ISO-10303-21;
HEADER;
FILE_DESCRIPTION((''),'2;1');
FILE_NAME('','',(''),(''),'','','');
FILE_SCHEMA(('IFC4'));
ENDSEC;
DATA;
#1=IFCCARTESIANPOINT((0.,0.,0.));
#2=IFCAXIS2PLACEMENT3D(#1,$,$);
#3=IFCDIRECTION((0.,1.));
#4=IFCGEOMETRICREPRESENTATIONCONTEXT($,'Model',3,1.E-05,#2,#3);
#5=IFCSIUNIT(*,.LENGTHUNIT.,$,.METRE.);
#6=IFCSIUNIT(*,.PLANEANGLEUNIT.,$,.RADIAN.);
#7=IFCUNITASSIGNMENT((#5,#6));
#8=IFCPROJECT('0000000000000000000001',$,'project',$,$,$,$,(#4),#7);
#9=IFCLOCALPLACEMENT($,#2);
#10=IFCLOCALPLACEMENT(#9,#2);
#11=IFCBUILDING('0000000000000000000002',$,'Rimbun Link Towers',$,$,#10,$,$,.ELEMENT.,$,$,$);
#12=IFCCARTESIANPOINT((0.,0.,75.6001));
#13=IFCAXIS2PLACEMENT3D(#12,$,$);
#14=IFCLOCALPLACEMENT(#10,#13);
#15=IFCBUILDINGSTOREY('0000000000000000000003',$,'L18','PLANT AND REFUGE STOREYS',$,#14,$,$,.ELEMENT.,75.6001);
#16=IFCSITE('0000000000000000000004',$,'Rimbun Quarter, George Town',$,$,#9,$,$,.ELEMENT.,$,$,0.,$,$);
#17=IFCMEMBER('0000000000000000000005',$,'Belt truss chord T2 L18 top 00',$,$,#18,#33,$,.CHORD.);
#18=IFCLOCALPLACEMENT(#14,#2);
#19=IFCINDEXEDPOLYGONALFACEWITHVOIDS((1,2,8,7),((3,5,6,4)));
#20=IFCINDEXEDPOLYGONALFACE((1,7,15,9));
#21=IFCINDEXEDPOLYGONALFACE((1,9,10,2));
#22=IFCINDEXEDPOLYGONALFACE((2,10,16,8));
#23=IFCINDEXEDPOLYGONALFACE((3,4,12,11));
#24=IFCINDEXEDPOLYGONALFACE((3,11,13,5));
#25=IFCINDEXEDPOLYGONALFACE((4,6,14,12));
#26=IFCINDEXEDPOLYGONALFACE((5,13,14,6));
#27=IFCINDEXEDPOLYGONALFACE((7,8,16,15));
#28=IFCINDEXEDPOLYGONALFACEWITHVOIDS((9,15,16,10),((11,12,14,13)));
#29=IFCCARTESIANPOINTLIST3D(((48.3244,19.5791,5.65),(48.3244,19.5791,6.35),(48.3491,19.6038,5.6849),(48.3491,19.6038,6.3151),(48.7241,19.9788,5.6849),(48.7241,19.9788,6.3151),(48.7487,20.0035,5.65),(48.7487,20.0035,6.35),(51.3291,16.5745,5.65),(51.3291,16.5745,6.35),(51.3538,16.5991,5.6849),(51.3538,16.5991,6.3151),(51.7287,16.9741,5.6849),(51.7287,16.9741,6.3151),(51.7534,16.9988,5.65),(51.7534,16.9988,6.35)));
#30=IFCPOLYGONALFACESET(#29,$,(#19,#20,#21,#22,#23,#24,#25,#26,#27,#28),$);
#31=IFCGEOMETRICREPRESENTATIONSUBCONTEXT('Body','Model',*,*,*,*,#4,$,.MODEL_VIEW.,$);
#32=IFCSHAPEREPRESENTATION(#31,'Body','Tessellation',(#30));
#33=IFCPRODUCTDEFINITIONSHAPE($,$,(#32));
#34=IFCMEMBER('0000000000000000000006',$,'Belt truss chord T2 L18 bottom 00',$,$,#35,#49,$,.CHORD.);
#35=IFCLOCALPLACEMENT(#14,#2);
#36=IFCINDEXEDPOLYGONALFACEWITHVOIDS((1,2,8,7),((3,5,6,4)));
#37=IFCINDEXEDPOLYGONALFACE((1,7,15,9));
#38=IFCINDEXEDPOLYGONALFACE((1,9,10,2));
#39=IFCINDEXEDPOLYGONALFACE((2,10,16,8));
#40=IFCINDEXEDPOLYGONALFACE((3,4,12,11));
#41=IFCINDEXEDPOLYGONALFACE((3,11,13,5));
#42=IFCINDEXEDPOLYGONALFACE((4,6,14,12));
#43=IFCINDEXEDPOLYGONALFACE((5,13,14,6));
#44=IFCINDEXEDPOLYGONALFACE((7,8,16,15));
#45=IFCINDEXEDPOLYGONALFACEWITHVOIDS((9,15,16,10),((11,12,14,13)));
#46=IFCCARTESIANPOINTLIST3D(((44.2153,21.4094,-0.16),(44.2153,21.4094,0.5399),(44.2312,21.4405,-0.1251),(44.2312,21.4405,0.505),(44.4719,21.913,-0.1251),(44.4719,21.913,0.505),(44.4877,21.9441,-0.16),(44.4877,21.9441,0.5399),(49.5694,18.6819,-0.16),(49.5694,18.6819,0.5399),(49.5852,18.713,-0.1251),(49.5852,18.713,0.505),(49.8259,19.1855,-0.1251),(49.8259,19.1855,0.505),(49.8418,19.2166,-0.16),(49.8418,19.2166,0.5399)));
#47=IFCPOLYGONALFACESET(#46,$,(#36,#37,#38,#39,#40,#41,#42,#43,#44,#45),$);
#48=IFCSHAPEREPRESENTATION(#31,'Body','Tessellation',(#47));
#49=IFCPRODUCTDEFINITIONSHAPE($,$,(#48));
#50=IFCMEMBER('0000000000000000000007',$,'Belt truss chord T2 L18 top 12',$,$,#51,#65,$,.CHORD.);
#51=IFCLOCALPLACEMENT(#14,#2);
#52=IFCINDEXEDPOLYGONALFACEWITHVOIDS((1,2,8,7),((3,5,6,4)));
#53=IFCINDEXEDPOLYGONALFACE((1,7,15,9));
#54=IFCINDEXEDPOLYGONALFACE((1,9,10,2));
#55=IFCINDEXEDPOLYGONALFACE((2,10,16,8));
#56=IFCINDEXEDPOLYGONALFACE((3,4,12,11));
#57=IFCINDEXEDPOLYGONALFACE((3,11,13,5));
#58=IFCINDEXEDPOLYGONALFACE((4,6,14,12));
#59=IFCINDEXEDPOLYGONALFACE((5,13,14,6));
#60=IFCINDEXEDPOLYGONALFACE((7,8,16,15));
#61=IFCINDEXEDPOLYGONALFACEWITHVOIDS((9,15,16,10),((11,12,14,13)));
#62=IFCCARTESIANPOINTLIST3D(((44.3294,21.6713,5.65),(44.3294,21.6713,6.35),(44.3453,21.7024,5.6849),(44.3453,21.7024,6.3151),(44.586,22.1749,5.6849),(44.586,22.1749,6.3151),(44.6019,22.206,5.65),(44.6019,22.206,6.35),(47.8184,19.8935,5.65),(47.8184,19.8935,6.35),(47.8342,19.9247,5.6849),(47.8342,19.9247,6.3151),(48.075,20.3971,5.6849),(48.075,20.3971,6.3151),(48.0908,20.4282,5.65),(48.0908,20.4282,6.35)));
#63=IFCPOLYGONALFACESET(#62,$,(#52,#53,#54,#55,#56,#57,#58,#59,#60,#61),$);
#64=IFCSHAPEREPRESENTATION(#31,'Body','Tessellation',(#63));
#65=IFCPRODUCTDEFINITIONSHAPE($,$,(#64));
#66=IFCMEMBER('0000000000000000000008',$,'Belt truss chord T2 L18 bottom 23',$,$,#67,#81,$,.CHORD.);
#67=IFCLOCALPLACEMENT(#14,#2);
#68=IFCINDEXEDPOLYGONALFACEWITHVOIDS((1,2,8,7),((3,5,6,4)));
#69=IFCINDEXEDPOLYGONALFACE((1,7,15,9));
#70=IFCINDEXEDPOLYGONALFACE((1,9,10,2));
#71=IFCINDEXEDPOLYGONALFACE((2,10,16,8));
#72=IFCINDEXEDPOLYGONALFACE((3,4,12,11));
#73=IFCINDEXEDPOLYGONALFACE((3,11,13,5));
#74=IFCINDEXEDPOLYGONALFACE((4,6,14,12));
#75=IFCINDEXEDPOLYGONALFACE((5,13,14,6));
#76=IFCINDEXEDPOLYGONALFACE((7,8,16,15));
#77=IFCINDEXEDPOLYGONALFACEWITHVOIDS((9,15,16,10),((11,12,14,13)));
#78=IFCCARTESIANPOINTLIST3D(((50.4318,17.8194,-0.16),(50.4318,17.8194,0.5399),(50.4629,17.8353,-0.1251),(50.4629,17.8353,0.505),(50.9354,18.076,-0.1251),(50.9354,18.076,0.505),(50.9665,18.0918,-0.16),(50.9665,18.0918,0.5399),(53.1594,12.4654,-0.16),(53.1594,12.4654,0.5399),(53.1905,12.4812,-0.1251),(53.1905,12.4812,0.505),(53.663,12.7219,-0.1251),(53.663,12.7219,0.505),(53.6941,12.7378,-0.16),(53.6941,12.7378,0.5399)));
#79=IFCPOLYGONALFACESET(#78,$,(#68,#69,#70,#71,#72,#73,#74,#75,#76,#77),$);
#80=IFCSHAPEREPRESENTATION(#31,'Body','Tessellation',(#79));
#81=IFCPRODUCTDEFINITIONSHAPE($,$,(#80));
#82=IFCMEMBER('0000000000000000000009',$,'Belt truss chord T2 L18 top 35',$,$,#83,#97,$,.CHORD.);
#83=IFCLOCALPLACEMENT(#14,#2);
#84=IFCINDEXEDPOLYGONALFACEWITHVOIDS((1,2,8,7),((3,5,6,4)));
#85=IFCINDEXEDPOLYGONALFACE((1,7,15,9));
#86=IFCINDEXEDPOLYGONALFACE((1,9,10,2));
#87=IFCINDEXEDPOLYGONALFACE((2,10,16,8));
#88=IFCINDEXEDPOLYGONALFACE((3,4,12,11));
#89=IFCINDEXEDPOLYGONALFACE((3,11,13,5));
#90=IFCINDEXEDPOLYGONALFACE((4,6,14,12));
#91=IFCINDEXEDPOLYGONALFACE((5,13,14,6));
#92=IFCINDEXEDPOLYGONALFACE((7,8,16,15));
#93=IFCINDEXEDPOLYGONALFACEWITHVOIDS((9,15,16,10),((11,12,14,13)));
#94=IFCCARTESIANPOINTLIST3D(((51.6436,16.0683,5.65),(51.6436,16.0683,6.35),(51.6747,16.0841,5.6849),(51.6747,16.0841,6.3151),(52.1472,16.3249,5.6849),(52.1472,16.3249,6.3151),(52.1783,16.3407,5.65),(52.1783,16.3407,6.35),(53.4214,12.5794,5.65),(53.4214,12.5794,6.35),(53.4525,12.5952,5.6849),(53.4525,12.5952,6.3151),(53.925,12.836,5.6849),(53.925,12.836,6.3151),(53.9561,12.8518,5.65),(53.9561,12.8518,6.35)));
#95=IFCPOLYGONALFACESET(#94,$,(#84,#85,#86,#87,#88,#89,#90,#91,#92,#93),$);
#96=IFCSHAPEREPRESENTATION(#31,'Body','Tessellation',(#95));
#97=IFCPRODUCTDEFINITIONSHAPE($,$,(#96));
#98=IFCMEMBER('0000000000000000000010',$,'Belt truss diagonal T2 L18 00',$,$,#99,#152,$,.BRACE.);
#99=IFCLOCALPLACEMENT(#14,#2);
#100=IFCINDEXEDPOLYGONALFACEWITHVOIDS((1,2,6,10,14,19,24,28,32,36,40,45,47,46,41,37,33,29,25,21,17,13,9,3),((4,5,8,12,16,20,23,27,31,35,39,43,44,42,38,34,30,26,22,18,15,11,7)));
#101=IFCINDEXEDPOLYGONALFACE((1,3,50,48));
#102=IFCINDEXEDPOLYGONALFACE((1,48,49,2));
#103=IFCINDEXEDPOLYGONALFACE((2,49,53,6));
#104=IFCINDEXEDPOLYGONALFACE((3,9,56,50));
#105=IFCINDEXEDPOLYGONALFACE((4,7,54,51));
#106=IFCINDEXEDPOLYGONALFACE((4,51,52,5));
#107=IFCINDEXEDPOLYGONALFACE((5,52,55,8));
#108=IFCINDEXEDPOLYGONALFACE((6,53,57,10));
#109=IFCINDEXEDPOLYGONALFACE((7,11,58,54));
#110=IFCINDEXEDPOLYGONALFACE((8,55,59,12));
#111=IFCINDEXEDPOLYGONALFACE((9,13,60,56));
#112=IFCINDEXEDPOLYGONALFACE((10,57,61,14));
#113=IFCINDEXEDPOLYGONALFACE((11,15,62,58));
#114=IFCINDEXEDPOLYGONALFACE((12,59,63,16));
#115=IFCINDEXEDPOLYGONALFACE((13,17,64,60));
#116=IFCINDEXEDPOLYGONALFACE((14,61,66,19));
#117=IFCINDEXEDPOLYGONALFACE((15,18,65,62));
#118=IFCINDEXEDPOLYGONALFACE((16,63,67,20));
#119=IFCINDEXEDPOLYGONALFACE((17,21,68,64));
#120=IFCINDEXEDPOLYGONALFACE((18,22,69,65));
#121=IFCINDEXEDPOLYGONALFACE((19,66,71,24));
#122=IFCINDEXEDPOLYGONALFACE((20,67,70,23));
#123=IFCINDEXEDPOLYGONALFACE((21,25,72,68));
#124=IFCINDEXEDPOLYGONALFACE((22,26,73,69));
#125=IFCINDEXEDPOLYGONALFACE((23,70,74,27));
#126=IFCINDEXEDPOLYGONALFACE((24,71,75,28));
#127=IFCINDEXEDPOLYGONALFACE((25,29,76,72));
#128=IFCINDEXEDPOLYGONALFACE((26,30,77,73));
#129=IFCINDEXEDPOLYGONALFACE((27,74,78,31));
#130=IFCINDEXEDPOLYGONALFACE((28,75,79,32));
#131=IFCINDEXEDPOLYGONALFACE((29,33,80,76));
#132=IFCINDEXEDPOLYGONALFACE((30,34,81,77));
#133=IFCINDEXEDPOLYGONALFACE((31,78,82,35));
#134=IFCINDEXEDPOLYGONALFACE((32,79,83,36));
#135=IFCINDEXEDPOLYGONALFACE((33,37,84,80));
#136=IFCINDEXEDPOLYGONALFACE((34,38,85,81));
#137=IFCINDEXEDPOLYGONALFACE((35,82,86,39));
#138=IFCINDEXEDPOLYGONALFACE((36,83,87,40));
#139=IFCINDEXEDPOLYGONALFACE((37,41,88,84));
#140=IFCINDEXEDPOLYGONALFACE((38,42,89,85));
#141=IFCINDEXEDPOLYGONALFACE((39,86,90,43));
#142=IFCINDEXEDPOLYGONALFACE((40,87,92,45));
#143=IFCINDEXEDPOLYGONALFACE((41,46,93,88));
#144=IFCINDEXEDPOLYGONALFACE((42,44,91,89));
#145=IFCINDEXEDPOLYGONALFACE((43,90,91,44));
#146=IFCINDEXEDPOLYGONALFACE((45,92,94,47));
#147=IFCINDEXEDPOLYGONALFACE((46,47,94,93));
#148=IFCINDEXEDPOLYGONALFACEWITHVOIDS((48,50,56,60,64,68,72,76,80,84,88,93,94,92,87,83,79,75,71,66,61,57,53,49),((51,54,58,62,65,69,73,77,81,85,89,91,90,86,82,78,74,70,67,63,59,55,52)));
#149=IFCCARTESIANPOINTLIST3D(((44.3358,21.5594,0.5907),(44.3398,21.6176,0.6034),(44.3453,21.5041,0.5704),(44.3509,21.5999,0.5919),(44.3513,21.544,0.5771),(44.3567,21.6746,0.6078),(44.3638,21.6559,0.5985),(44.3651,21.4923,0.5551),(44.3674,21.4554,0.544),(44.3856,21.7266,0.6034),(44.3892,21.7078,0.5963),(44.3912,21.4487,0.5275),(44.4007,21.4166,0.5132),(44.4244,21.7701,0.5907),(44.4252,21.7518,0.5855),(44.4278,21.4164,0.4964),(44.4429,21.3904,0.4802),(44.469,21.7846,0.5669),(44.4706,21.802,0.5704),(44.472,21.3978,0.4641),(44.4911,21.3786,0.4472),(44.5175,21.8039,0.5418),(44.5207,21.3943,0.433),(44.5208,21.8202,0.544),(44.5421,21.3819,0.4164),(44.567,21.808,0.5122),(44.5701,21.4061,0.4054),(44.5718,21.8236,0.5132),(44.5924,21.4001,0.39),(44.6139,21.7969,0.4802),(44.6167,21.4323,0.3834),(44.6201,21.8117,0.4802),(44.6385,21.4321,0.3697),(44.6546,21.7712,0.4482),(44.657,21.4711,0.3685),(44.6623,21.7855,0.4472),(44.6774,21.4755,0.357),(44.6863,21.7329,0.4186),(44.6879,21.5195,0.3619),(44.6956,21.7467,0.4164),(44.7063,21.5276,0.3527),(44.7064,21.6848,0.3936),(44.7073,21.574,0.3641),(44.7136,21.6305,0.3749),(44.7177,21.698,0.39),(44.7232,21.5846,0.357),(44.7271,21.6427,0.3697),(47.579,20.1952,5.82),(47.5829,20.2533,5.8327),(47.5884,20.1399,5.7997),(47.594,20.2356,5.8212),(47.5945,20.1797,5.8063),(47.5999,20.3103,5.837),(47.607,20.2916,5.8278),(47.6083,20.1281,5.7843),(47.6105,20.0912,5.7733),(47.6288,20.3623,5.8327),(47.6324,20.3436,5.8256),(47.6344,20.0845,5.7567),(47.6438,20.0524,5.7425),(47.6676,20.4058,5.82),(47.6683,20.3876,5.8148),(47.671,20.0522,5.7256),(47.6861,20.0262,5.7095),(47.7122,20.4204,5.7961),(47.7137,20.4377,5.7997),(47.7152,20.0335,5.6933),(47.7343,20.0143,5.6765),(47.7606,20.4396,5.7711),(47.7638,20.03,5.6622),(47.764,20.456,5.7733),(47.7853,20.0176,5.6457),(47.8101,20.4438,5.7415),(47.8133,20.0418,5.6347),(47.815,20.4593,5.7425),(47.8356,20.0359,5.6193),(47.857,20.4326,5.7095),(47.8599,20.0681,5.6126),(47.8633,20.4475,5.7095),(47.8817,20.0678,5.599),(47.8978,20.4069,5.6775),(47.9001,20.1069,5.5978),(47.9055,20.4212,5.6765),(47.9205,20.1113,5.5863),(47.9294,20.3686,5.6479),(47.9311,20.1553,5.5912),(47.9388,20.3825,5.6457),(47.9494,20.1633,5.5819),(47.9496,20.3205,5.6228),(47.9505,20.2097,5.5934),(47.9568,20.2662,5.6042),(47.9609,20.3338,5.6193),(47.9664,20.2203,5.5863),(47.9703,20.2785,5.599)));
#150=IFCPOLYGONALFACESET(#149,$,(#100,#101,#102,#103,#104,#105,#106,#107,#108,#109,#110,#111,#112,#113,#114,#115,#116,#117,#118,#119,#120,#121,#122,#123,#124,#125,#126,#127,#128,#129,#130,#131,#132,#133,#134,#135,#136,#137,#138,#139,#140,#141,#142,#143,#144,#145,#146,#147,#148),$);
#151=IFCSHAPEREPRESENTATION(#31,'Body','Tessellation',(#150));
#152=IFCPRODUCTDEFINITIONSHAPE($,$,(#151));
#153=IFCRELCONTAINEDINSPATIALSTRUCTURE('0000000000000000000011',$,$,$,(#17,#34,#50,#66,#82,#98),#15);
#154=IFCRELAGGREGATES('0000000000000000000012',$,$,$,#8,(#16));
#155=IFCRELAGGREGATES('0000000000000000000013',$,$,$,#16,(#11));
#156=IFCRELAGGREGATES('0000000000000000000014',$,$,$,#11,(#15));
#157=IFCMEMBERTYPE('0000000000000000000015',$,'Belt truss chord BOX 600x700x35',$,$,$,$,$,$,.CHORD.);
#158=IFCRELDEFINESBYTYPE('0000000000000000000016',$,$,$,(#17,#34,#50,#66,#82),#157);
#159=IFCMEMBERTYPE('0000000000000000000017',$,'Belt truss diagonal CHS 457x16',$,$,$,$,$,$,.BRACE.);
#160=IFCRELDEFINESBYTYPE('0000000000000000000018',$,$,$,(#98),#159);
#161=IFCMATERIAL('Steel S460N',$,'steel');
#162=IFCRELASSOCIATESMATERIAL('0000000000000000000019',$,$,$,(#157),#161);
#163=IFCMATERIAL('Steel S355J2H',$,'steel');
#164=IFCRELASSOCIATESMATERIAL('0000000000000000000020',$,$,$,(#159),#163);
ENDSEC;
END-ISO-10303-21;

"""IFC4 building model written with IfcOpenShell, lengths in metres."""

from ifc_helpers import new_model, si_unit, direction, frame, origin, origin_2d, place, context, subcontext, project, spatial, hollow_rectangle, hollow_circle, extrude, material, material_profile, profile_set, type_object, element, save


model = new_model("IFC4")

# Units and contexts
model_context = context("Model", 3, precision=1e-05, world=origin(), true_north=direction((0.0, 1.0)))
body_context = subcontext(model_context, "Body", "Model", "MODEL_VIEW")
ifc_project = project(units=[si_unit("LENGTHUNIT", "METRE"), si_unit("PLANEANGLEUNIT", "RADIAN")], contexts=[model_context])

# Site, building, storey
site_placement = place(None, origin())
site = spatial("IfcSite", under=ifc_project, at=site_placement, Name="Rimbun Quarter, George Town", CompositionType="ELEMENT", RefElevation=0.0)
building_placement = place(site_placement, origin())
building = spatial("IfcBuilding", under=site, at=building_placement, Name="Rimbun Link Towers", CompositionType="ELEMENT")
storey_placement = place(building_placement, frame((0.0, 0.0, 75.6001)))
storey = spatial("IfcBuildingStorey", under=building, at=storey_placement, Name="L18", Description="PLANT AND REFUGE STOREYS", CompositionType="ELEMENT", Elevation=75.6001)

# Members
ifc_material_1 = material(Name="Steel S460N", Category="steel")
ifc_material_profile_1 = material_profile(ifc_material_1, hollow_rectangle(XDim=0.6001, YDim=0.7, WallThickness=0.0349, at=origin_2d()), Name="Belt truss chord BOX 600x700x35")
ifc_profile_set_1 = profile_set([ifc_material_profile_1], Name="Steel S460N")
member_type_1 = type_object("IfcMemberType", Name="Belt truss chord BOX 600x700x35", PredefinedType="CHORD", material=ifc_profile_set_1)
member_1_placement = place(storey_placement, frame((51.5413, 16.7866, 6.0), z_axis=(-0.707107, 0.707107, 0.0), x_axis=(-0.707107, -0.707107, 0.0)))
element("IfcMember", 1, at=member_1_placement, inside=storey, type_object=member_type_1, Name="Belt truss chord T2 L18 top 00", PredefinedType="CHORD", context=body_context, shape_type="SweptSolid", body=[
    extrude(hollow_rectangle(XDim=0.6001, YDim=0.7, WallThickness=0.0349, at=origin_2d()), origin(), (0.0, 0.0, 1.0), 4.2493),
])
member_2_placement = place(storey_placement, frame((49.7056, 18.9492, 0.1899), z_axis=(-0.891038, 0.453929, 0.0), x_axis=(-0.453929, -0.891038, 0.0)))
element("IfcMember", 2, at=member_2_placement, inside=storey, type_object=member_type_1, Name="Belt truss chord T2 L18 bottom 00", PredefinedType="CHORD", context=body_context, shape_type="SweptSolid", body=[
    extrude(hollow_rectangle(XDim=0.6001, YDim=0.7, WallThickness=0.0349, at=origin_2d()), origin(), (0.0, 0.0, 1.0), 6.0088),
])
member_3_placement = place(storey_placement, frame((47.9546, 20.1609, 6.0), z_axis=(-0.890997, 0.454009, 0.0), x_axis=(-0.454009, -0.890997, 0.0)))
element("IfcMember", 3, at=member_3_placement, inside=storey, type_object=member_type_1, Name="Belt truss chord T2 L18 top 12", PredefinedType="CHORD", context=body_context, shape_type="SweptSolid", body=[
    extrude(hollow_rectangle(XDim=0.6001, YDim=0.7, WallThickness=0.0349, at=origin_2d()), origin(), (0.0, 0.0, 1.0), 3.9158),
])
member_4_placement = place(storey_placement, frame((53.4268, 12.6016, 0.1899), z_axis=(-0.453929, 0.891038, 0.0), x_axis=(-0.891038, -0.453929, 0.0)))
element("IfcMember", 4, at=member_4_placement, inside=storey, type_object=member_type_1, Name="Belt truss chord T2 L18 bottom 23", PredefinedType="CHORD", context=body_context, shape_type="SweptSolid", body=[
    extrude(hollow_rectangle(XDim=0.6001, YDim=0.7, WallThickness=0.0349, at=origin_2d()), origin(), (0.0, 0.0, 1.0), 6.0088),
])
member_5_placement = place(storey_placement, frame((53.6887, 12.7156, 6.0), z_axis=(-0.454009, 0.890997, 0.0), x_axis=(-0.890997, -0.454009, 0.0)))
element("IfcMember", 5, at=member_5_placement, inside=storey, type_object=member_type_1, Name="Belt truss chord T2 L18 top 35", PredefinedType="CHORD", context=body_context, shape_type="SweptSolid", body=[
    extrude(hollow_rectangle(XDim=0.6001, YDim=0.7, WallThickness=0.0349, at=origin_2d()), origin(), (0.0, 0.0, 1.0), 3.9158),
])
ifc_material_2 = material(Name="Steel S355J2H", Category="steel")
ifc_material_profile_2 = material_profile(ifc_material_2, hollow_circle(Radius=0.2285, WallThickness=0.0161, at=origin_2d()), Name="Belt truss diagonal CHS 457x16")
ifc_profile_set_2 = profile_set([ifc_material_profile_2], Name="Steel S355J2H")
member_type_2 = type_object("IfcMemberType", Name="Belt truss diagonal CHS 457x16", PredefinedType="BRACE", material=ifc_profile_set_2)
member_6_placement = place(storey_placement, frame((44.5315, 21.6011, 0.4802), z_axis=(0.514565, -0.216455, 0.82968), x_axis=(0.387747, 0.921766, 0.0)))
element("IfcMember", 6, at=member_6_placement, inside=storey, type_object=member_type_2, Name="Belt truss diagonal T2 L18 00", PredefinedType="BRACE", context=body_context, shape_type="SweptSolid", body=[
    extrude(hollow_circle(Radius=0.2285, WallThickness=0.0161, at=origin_2d()), origin(), (0.0, 0.0, 1.0), 6.3027),
])

save(model, "model.ifc")
